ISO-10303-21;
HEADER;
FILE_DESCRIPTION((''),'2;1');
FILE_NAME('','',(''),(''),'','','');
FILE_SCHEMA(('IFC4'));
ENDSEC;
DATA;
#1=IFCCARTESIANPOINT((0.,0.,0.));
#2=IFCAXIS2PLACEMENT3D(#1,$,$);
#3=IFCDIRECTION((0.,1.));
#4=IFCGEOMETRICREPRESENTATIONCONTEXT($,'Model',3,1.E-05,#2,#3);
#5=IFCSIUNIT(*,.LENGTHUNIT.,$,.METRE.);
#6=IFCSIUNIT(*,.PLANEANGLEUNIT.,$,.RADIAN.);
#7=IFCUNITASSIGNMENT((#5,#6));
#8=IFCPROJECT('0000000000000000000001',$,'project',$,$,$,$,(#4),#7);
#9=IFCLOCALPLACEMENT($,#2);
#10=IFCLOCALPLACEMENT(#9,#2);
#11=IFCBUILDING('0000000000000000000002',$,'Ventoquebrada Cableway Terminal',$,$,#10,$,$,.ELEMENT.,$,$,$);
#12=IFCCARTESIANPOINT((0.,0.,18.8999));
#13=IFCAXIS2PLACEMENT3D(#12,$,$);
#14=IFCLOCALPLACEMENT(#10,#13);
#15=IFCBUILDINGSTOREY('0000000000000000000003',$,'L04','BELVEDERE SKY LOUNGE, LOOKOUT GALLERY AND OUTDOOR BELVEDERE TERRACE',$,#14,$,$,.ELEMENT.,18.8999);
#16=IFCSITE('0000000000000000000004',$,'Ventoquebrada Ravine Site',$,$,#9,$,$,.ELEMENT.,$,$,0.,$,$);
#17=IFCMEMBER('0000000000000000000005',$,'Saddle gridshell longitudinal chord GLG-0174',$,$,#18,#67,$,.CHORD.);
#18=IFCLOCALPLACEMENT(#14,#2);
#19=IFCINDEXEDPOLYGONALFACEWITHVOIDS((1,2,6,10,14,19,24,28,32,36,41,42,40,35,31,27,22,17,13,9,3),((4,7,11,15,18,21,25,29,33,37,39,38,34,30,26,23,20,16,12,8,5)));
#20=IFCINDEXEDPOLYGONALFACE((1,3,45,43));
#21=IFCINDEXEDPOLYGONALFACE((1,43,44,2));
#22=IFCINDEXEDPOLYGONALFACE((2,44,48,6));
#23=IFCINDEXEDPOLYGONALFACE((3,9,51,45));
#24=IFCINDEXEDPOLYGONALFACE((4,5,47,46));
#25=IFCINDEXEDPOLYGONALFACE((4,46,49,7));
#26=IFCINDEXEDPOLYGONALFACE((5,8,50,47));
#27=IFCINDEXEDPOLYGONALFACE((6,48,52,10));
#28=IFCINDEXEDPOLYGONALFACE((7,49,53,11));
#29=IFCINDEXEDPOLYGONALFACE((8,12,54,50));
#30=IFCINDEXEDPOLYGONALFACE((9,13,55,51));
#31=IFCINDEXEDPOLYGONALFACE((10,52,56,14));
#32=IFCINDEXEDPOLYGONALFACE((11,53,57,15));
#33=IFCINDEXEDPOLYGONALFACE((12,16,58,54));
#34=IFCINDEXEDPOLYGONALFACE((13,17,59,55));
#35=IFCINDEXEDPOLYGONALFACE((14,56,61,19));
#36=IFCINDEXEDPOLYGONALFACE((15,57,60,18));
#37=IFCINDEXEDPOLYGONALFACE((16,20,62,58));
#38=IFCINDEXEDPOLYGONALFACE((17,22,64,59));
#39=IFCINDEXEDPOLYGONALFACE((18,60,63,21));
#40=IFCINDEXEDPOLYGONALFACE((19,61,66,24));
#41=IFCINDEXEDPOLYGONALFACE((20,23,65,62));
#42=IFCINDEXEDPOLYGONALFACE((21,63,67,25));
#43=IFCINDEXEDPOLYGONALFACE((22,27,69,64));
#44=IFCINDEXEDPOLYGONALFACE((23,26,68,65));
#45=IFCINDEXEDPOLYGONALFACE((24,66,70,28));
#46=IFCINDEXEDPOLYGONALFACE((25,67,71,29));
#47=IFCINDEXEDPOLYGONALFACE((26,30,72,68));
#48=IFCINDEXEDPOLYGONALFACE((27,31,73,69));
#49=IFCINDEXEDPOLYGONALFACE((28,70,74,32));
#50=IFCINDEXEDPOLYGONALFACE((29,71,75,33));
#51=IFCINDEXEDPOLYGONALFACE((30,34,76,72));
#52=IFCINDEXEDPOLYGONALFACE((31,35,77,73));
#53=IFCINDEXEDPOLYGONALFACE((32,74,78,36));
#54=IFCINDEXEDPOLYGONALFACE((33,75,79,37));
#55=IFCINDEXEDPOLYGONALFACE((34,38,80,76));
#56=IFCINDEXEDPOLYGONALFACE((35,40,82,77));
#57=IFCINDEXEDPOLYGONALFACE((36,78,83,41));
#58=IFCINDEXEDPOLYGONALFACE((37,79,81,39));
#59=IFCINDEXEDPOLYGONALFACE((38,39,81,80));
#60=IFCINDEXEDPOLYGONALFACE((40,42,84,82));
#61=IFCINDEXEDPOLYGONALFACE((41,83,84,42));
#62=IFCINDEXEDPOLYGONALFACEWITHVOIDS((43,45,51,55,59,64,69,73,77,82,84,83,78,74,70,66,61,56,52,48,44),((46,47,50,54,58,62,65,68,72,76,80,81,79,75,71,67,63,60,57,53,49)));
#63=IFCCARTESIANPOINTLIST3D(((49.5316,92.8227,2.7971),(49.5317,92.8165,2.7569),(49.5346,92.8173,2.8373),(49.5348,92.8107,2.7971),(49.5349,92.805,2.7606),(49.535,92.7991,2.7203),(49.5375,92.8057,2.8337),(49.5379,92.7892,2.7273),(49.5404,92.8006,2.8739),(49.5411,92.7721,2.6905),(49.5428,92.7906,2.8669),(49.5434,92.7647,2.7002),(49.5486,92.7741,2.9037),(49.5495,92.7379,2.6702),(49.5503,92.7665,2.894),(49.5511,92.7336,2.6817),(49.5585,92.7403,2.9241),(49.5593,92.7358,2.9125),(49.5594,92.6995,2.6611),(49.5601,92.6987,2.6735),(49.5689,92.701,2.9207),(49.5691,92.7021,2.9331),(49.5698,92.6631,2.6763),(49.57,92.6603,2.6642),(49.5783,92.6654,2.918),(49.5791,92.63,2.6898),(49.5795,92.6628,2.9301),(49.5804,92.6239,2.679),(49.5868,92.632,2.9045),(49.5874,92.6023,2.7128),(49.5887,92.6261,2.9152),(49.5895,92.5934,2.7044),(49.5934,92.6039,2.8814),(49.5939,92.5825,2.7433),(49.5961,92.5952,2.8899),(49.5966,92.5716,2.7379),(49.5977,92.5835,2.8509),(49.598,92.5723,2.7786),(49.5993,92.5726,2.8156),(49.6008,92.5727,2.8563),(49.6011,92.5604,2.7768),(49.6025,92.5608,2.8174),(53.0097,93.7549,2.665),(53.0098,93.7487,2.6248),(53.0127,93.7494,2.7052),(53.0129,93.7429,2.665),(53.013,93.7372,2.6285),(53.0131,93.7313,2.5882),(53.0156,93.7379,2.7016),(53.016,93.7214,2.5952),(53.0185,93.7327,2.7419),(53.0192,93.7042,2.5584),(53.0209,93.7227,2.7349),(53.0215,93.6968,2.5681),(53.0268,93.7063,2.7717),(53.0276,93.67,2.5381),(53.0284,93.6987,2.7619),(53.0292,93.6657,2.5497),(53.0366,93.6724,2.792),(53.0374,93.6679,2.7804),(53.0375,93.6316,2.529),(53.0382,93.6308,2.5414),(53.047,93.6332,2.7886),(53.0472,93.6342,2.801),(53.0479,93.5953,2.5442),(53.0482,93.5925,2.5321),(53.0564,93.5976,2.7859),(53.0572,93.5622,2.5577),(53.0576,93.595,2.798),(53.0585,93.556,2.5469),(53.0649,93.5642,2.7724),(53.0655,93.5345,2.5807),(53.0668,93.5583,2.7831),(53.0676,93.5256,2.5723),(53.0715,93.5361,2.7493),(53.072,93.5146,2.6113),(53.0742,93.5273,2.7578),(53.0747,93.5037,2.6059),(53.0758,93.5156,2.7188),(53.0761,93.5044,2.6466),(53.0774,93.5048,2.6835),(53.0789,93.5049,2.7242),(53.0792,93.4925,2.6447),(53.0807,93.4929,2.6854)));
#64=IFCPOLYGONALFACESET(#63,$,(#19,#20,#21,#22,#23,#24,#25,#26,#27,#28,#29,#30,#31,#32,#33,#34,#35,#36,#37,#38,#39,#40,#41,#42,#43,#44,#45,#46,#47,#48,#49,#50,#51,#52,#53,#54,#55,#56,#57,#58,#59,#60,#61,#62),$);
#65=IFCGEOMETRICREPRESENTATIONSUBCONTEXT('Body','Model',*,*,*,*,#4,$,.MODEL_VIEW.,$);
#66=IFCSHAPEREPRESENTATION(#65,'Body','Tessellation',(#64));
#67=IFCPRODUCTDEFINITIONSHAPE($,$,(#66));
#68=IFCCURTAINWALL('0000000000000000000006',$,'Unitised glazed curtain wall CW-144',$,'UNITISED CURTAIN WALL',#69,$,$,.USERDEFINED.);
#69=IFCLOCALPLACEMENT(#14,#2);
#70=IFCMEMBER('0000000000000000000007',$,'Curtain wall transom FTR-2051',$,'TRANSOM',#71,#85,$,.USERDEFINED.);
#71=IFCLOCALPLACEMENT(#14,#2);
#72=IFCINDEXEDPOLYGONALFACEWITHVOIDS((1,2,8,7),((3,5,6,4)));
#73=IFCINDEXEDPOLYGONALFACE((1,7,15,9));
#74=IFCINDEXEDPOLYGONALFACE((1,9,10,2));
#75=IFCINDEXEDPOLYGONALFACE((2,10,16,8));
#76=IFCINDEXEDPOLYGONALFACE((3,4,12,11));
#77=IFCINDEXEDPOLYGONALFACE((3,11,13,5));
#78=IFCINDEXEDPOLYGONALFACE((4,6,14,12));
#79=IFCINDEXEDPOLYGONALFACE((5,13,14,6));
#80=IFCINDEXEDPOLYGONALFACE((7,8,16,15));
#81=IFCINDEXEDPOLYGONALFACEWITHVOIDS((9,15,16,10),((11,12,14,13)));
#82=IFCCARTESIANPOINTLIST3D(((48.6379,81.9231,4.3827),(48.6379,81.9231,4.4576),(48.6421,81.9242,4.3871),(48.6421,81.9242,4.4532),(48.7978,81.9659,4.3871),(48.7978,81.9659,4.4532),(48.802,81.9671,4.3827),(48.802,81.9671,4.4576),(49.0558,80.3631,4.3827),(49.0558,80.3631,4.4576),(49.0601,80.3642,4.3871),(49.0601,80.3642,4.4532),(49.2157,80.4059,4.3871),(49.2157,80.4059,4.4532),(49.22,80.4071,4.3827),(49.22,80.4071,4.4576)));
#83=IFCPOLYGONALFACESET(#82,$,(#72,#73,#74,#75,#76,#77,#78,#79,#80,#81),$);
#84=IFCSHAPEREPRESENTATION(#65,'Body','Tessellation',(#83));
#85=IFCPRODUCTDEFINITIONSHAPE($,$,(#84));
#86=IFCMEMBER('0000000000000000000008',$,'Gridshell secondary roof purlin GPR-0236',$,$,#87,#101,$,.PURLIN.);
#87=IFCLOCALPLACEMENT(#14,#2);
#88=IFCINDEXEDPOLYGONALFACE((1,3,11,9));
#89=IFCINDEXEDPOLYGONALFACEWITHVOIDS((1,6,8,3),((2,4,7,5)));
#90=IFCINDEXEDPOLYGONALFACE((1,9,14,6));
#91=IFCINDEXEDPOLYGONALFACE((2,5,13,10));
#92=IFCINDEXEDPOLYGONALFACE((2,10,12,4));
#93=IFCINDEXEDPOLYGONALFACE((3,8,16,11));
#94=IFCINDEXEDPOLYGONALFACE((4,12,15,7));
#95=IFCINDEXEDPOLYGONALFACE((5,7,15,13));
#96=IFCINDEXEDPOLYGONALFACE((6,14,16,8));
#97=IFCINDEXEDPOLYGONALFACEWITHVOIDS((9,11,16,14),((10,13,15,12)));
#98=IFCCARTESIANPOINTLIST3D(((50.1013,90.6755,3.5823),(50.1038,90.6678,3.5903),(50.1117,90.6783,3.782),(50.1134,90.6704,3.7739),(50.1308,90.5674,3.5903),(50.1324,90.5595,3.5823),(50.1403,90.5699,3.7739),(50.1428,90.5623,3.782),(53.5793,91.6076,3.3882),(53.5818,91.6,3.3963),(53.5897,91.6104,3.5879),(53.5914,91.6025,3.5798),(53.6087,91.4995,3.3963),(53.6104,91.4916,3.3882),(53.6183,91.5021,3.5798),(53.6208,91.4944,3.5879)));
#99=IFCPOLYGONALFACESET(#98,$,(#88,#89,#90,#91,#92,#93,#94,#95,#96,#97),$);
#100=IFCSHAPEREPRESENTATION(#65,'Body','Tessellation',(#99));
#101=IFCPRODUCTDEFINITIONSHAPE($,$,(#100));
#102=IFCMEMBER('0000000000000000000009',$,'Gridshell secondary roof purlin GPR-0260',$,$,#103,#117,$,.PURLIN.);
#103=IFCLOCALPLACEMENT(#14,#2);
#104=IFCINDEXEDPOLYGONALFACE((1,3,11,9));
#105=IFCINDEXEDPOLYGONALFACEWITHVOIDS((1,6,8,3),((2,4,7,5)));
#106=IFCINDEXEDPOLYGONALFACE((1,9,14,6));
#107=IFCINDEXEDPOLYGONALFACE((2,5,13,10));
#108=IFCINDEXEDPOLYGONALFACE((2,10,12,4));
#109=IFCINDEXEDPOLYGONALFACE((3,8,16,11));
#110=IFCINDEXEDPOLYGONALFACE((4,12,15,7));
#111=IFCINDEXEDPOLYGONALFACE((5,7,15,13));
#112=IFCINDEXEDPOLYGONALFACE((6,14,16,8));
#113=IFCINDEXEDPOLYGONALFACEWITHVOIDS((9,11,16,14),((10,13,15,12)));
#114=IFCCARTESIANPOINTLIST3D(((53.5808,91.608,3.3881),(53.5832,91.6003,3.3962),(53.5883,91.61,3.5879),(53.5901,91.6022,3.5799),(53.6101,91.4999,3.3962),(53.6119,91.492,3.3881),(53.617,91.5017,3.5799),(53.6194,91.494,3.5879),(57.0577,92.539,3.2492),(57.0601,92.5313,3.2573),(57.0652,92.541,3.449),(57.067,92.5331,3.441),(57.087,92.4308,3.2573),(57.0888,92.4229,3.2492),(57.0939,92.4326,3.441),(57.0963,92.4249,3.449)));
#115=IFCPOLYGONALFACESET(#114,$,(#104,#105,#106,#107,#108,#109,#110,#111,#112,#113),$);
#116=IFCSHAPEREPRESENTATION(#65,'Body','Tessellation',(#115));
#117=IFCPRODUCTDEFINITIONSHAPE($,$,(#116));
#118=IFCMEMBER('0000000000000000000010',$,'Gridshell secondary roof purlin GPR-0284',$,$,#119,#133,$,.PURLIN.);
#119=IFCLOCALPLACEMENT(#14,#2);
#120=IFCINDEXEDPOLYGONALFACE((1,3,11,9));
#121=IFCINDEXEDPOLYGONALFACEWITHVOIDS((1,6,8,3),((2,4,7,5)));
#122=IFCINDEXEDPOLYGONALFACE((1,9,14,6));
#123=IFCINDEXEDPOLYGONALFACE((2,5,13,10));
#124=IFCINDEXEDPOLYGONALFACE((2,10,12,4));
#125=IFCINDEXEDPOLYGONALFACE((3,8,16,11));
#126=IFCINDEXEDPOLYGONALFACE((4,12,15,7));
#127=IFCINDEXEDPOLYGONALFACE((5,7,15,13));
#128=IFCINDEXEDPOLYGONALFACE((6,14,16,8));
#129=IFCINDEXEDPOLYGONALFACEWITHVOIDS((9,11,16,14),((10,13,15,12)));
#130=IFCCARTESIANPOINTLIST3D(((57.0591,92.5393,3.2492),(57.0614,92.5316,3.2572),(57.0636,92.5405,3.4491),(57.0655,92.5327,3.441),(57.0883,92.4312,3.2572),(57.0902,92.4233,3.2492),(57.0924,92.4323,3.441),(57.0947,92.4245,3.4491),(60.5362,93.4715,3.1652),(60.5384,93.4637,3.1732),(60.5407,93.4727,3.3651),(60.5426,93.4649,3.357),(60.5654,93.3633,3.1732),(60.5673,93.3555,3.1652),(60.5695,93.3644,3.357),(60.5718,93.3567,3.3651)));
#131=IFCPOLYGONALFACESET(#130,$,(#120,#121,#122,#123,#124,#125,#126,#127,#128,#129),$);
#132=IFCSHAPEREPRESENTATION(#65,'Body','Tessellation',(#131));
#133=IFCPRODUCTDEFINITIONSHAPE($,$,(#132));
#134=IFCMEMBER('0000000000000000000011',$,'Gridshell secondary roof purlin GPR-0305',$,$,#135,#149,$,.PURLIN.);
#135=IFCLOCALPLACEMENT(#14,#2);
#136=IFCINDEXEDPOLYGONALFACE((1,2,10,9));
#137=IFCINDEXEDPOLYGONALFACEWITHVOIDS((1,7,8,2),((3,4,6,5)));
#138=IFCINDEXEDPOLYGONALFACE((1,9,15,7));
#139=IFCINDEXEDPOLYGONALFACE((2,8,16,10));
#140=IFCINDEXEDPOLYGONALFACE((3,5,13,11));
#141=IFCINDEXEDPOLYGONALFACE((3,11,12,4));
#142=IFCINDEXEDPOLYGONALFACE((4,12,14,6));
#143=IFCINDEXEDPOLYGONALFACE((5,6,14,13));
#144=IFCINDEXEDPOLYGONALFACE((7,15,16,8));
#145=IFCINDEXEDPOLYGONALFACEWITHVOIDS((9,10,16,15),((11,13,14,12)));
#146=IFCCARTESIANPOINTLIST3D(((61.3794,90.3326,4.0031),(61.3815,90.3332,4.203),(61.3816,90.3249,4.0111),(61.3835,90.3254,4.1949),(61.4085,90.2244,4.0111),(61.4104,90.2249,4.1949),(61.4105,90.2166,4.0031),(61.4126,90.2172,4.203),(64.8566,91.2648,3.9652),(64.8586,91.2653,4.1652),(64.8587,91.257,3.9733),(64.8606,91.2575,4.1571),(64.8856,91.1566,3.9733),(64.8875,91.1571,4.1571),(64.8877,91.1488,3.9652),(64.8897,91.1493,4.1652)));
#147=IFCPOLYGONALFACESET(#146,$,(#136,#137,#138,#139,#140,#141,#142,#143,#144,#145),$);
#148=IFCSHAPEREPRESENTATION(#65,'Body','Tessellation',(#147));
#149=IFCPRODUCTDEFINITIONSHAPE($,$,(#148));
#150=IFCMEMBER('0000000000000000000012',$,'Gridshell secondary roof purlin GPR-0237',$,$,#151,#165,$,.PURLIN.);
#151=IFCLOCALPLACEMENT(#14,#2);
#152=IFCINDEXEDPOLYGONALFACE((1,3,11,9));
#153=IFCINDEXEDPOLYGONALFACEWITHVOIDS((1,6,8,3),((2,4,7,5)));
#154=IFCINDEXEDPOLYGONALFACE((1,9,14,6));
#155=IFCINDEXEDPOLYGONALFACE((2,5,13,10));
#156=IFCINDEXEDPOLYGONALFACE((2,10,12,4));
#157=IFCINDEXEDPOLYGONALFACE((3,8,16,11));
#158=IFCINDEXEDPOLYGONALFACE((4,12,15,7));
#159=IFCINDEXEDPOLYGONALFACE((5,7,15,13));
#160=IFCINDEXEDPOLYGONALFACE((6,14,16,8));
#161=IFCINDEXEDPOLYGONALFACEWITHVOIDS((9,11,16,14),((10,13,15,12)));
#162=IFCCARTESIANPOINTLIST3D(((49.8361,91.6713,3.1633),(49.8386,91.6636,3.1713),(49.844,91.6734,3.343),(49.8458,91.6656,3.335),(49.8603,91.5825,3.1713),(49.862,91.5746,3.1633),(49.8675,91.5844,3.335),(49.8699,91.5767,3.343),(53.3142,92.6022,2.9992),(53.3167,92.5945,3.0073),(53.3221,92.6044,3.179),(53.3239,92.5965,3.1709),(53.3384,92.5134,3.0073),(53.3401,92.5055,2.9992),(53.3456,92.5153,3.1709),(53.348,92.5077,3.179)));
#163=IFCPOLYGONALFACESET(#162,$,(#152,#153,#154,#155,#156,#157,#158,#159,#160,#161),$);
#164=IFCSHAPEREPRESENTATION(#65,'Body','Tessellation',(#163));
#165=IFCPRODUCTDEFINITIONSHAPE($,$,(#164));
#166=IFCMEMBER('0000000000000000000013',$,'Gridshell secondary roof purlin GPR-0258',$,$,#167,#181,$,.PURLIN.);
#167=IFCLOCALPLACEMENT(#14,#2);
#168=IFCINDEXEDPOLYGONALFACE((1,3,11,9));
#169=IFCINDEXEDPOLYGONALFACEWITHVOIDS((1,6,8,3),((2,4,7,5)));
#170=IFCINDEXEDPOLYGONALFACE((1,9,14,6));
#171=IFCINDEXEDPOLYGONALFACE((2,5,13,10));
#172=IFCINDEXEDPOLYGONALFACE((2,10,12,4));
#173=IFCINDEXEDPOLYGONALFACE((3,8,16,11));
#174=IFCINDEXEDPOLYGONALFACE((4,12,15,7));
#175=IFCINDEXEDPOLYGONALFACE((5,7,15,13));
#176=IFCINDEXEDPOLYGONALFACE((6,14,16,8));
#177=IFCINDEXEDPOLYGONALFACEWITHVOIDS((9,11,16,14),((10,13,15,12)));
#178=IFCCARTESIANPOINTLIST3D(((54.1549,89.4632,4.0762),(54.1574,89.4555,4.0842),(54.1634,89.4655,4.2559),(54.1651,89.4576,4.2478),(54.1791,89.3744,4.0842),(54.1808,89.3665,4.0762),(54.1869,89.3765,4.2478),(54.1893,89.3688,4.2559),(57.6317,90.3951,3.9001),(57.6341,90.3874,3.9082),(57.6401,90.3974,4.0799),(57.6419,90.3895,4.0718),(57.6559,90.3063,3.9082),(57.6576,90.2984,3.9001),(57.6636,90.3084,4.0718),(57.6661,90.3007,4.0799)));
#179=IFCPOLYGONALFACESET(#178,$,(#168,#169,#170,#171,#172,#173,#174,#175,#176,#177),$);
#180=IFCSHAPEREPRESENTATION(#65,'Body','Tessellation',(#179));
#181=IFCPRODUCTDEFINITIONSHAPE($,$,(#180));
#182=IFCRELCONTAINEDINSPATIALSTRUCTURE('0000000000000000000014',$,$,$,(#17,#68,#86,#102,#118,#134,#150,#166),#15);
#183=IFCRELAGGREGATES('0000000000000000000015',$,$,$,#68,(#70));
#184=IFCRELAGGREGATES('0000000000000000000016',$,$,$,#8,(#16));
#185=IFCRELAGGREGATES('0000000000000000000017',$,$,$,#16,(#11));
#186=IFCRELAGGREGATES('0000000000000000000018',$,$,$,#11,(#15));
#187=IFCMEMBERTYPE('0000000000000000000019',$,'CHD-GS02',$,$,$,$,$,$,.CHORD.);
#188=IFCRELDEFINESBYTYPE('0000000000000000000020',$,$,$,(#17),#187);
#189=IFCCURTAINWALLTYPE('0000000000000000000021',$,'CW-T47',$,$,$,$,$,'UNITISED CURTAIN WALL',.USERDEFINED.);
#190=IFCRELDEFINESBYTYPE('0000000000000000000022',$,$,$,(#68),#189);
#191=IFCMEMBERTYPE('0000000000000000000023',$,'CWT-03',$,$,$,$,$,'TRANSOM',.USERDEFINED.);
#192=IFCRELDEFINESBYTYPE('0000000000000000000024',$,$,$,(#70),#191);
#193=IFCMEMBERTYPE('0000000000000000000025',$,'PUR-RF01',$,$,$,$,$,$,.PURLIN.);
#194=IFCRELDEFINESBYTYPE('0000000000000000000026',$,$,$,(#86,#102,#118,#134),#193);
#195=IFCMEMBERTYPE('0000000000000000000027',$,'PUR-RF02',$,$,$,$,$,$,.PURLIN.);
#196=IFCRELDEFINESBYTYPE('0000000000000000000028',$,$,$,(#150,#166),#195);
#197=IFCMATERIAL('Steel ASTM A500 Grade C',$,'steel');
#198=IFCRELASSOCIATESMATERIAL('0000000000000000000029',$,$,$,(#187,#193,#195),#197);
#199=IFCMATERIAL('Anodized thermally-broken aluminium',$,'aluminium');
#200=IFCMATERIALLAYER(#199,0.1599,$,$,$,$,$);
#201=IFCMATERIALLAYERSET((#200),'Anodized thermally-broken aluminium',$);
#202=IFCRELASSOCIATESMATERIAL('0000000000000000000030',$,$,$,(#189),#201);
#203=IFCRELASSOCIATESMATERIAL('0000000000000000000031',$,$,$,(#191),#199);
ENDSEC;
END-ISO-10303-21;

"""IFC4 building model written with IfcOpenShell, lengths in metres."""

from ifc_helpers import new_model, si_unit, direction, frame, origin, origin_2d, place, context, subcontext, project, spatial, hollow_rectangle, hollow_circle, extrude, material, layer, layer_set, material_profile, profile_set, type_object, element, aggregate, save


model = new_model("IFC4")

# Units and contexts
model_context = context("Model", 3, precision=1e-05, world=origin(), true_north=direction((0.0, 1.0)))
body_context = subcontext(model_context, "Body", "Model", "MODEL_VIEW")
ifc_project = project(units=[si_unit("LENGTHUNIT", "METRE"), si_unit("PLANEANGLEUNIT", "RADIAN")], contexts=[model_context])

# Site, building, storey
site_placement = place(None, origin())
site = spatial("IfcSite", under=ifc_project, at=site_placement, Name="Ventoquebrada Ravine Site", CompositionType="ELEMENT", RefElevation=0.0)
building_placement = place(site_placement, origin())
building = spatial("IfcBuilding", under=site, at=building_placement, Name="Ventoquebrada Cableway Terminal", CompositionType="ELEMENT")
storey_placement = place(building_placement, frame((0.0, 0.0, 18.8999)))
storey = spatial("IfcBuildingStorey", under=building, at=storey_placement, Name="L04", Description="BELVEDERE SKY LOUNGE, LOOKOUT GALLERY AND OUTDOOR BELVEDERE TERRACE", CompositionType="ELEMENT", Elevation=18.8999)

# Member
ifc_material_1 = material(Name="Steel ASTM A500 Grade C", Category="steel")
ifc_material_profile_1 = material_profile(ifc_material_1, hollow_circle(Radius=0.1365, WallThickness=0.0125, at=origin_2d()), Name="CHS273.0X12.5")
ifc_profile_set_1 = profile_set([ifc_material_profile_1], Name="Steel ASTM A500 Grade C")
member_type_1 = type_object("IfcMemberType", Name="CHD-GS02", PredefinedType="CHORD", material=ifc_profile_set_1)
member_1_placement = place(storey_placement, frame((49.5669, 92.6909, 2.7971), z_axis=(0.965263, 0.258695, -0.036656), x_axis=(-0.258869, 0.965912, 0.0)))
element("IfcMember", 1, at=member_1_placement, inside=storey, type_object=member_type_1, Name="Saddle gridshell longitudinal chord GLG-0174", PredefinedType="CHORD", context=body_context, shape_type="SweptSolid", body=[
    extrude(hollow_circle(Radius=0.1365, WallThickness=0.0125, at=origin_2d()), origin(), (0.0, 0.0, 1.0), 3.6033),
])

# Curtain wall, member
ifc_material_2 = material(Name="Anodized thermally-broken aluminium", Category="aluminium")
ifc_layer_1 = layer(ifc_material_2, 0.1599)
ifc_layer_set_1 = layer_set([ifc_layer_1], Name="Anodized thermally-broken aluminium")
curtain_wall_type = type_object("IfcCurtainWallType", Name="CW-T47", ElementType="UNITISED CURTAIN WALL", PredefinedType="USERDEFINED", material=ifc_layer_set_1)
curtain_wall_placement = place(storey_placement, origin())
curtain_wall = element("IfcCurtainWall", 2, at=curtain_wall_placement, inside=storey, type_object=curtain_wall_type, Name="Unitised glazed curtain wall CW-144", ObjectType="UNITISED CURTAIN WALL", PredefinedType="USERDEFINED")
ifc_material_profile_2 = material_profile(ifc_material_2, hollow_rectangle(XDim=0.075, YDim=0.1699, WallThickness=0.0044, at=origin_2d()), Name="CW-TRN-75X170")
ifc_profile_set_2 = profile_set([ifc_material_profile_2], Name="Anodized thermally-broken aluminium")
member_type_2 = type_object("IfcMemberType", Name="CWT-03", ElementType="TRANSOM", PredefinedType="USERDEFINED", material=ifc_profile_set_2)
member_2_placement = place(storey_placement, frame((48.72, 81.9451, 4.4202), z_axis=(0.258791, -0.965933, 0.0), x_axis=(0.0, 0.0, 1.0)))
member_2 = element("IfcMember", 3, at=member_2_placement, type_object=member_type_2, Name="Curtain wall transom FTR-2051", ObjectType="TRANSOM", PredefinedType="USERDEFINED", context=body_context, shape_type="SweptSolid", body=[
    extrude(hollow_rectangle(XDim=0.075, YDim=0.1699, WallThickness=0.0044, at=origin_2d()), origin(), (0.0, 0.0, 1.0), 1.615),
])
aggregate(curtain_wall, [member_2])

# Members
ifc_material_profile_3 = material_profile(ifc_material_1, hollow_rectangle(XDim=0.1201, YDim=0.2, WallThickness=0.0081, at=origin_2d()), Name="RHS200X120X8")
ifc_profile_set_3 = profile_set([ifc_material_profile_3], Name="Steel ASTM A500 Grade C")
member_type_3 = type_object("IfcMemberType", Name="PUR-RF01", PredefinedType="PURLIN", material=ifc_profile_set_3)
member_3_placement = place(storey_placement, frame((50.1221, 90.6189, 3.6821), z_axis=(0.964512, 0.258494, -0.053825), x_axis=(-0.258869, 0.965912, 0.0)))
element("IfcMember", 4, at=member_3_placement, inside=storey, type_object=member_type_3, Name="Gridshell secondary roof purlin GPR-0236", PredefinedType="PURLIN", context=body_context, shape_type="SweptSolid", body=[
    extrude(hollow_rectangle(XDim=0.1201, YDim=0.2, WallThickness=0.0081, at=origin_2d()), origin(), (0.0, 0.0, 1.0), 3.606),
])
member_4_placement = place(storey_placement, frame((53.6001, 91.551, 3.488), z_axis=(0.965256, 0.258445, -0.038567), x_axis=(-0.258638, 0.965974, 0.0)))
element("IfcMember", 5, at=member_4_placement, inside=storey, type_object=member_type_3, Name="Gridshell secondary roof purlin GPR-0260", PredefinedType="PURLIN", context=body_context, shape_type="SweptSolid", body=[
    extrude(hollow_rectangle(XDim=0.1201, YDim=0.2, WallThickness=0.0081, at=origin_2d()), origin(), (0.0, 0.0, 1.0), 3.6021),
])
member_5_placement = place(storey_placement, frame((57.0769, 92.4819, 3.3491), z_axis=(0.965631, 0.258867, -0.023324), x_axis=(-0.258937, 0.965894, 0.0)))
element("IfcMember", 6, at=member_5_placement, inside=storey, type_object=member_type_3, Name="Gridshell secondary roof purlin GPR-0284", PredefinedType="PURLIN", context=body_context, shape_type="SweptSolid", body=[
    extrude(hollow_rectangle(XDim=0.1201, YDim=0.2, WallThickness=0.0081, at=origin_2d()), origin(), (0.0, 0.0, 1.0), 3.6008),
])
member_6_placement = place(storey_placement, frame((61.396, 90.2749, 4.103), z_axis=(0.965841, 0.258923, -0.010512), x_axis=(-0.258937, 0.965894, 0.0)))
element("IfcMember", 7, at=member_6_placement, inside=storey, type_object=member_type_3, Name="Gridshell secondary roof purlin GPR-0305", PredefinedType="PURLIN", context=body_context, shape_type="SweptSolid", body=[
    extrude(hollow_rectangle(XDim=0.1201, YDim=0.2, WallThickness=0.0081, at=origin_2d()), origin(), (0.0, 0.0, 1.0), 3.6001),
])
ifc_material_profile_4 = material_profile(ifc_material_1, hollow_rectangle(XDim=0.1001, YDim=0.1799, WallThickness=0.0081, at=origin_2d()), Name="RHS180X100X8")
ifc_profile_set_4 = profile_set([ifc_material_profile_4], Name="Steel ASTM A500 Grade C")
member_type_4 = type_object("IfcMemberType", Name="PUR-RF02", PredefinedType="PURLIN", material=ifc_profile_set_4)
member_7_placement = place(storey_placement, frame((49.853, 91.624, 3.2532), z_axis=(0.964996, 0.258285, -0.04552), x_axis=(-0.258553, 0.965997, 0.0)))
element("IfcMember", 8, at=member_7_placement, inside=storey, type_object=member_type_4, Name="Gridshell secondary roof purlin GPR-0237", PredefinedType="PURLIN", context=body_context, shape_type="SweptSolid", body=[
    extrude(hollow_rectangle(XDim=0.1001, YDim=0.1799, WallThickness=0.0081, at=origin_2d()), origin(), (0.0, 0.0, 1.0), 3.6042),
])
member_8_placement = place(storey_placement, frame((54.1721, 89.416, 4.166), z_axis=(0.964754, 0.258582, -0.048844), x_axis=(-0.258891, 0.965907, 0.0)))
element("IfcMember", 9, at=member_8_placement, inside=storey, type_object=member_type_4, Name="Gridshell secondary roof purlin GPR-0258", PredefinedType="PURLIN", context=body_context, shape_type="SweptSolid", body=[
    extrude(hollow_rectangle(XDim=0.1001, YDim=0.1799, WallThickness=0.0081, at=origin_2d()), origin(), (0.0, 0.0, 1.0), 3.6038),
])

save(model, "model.ifc")
